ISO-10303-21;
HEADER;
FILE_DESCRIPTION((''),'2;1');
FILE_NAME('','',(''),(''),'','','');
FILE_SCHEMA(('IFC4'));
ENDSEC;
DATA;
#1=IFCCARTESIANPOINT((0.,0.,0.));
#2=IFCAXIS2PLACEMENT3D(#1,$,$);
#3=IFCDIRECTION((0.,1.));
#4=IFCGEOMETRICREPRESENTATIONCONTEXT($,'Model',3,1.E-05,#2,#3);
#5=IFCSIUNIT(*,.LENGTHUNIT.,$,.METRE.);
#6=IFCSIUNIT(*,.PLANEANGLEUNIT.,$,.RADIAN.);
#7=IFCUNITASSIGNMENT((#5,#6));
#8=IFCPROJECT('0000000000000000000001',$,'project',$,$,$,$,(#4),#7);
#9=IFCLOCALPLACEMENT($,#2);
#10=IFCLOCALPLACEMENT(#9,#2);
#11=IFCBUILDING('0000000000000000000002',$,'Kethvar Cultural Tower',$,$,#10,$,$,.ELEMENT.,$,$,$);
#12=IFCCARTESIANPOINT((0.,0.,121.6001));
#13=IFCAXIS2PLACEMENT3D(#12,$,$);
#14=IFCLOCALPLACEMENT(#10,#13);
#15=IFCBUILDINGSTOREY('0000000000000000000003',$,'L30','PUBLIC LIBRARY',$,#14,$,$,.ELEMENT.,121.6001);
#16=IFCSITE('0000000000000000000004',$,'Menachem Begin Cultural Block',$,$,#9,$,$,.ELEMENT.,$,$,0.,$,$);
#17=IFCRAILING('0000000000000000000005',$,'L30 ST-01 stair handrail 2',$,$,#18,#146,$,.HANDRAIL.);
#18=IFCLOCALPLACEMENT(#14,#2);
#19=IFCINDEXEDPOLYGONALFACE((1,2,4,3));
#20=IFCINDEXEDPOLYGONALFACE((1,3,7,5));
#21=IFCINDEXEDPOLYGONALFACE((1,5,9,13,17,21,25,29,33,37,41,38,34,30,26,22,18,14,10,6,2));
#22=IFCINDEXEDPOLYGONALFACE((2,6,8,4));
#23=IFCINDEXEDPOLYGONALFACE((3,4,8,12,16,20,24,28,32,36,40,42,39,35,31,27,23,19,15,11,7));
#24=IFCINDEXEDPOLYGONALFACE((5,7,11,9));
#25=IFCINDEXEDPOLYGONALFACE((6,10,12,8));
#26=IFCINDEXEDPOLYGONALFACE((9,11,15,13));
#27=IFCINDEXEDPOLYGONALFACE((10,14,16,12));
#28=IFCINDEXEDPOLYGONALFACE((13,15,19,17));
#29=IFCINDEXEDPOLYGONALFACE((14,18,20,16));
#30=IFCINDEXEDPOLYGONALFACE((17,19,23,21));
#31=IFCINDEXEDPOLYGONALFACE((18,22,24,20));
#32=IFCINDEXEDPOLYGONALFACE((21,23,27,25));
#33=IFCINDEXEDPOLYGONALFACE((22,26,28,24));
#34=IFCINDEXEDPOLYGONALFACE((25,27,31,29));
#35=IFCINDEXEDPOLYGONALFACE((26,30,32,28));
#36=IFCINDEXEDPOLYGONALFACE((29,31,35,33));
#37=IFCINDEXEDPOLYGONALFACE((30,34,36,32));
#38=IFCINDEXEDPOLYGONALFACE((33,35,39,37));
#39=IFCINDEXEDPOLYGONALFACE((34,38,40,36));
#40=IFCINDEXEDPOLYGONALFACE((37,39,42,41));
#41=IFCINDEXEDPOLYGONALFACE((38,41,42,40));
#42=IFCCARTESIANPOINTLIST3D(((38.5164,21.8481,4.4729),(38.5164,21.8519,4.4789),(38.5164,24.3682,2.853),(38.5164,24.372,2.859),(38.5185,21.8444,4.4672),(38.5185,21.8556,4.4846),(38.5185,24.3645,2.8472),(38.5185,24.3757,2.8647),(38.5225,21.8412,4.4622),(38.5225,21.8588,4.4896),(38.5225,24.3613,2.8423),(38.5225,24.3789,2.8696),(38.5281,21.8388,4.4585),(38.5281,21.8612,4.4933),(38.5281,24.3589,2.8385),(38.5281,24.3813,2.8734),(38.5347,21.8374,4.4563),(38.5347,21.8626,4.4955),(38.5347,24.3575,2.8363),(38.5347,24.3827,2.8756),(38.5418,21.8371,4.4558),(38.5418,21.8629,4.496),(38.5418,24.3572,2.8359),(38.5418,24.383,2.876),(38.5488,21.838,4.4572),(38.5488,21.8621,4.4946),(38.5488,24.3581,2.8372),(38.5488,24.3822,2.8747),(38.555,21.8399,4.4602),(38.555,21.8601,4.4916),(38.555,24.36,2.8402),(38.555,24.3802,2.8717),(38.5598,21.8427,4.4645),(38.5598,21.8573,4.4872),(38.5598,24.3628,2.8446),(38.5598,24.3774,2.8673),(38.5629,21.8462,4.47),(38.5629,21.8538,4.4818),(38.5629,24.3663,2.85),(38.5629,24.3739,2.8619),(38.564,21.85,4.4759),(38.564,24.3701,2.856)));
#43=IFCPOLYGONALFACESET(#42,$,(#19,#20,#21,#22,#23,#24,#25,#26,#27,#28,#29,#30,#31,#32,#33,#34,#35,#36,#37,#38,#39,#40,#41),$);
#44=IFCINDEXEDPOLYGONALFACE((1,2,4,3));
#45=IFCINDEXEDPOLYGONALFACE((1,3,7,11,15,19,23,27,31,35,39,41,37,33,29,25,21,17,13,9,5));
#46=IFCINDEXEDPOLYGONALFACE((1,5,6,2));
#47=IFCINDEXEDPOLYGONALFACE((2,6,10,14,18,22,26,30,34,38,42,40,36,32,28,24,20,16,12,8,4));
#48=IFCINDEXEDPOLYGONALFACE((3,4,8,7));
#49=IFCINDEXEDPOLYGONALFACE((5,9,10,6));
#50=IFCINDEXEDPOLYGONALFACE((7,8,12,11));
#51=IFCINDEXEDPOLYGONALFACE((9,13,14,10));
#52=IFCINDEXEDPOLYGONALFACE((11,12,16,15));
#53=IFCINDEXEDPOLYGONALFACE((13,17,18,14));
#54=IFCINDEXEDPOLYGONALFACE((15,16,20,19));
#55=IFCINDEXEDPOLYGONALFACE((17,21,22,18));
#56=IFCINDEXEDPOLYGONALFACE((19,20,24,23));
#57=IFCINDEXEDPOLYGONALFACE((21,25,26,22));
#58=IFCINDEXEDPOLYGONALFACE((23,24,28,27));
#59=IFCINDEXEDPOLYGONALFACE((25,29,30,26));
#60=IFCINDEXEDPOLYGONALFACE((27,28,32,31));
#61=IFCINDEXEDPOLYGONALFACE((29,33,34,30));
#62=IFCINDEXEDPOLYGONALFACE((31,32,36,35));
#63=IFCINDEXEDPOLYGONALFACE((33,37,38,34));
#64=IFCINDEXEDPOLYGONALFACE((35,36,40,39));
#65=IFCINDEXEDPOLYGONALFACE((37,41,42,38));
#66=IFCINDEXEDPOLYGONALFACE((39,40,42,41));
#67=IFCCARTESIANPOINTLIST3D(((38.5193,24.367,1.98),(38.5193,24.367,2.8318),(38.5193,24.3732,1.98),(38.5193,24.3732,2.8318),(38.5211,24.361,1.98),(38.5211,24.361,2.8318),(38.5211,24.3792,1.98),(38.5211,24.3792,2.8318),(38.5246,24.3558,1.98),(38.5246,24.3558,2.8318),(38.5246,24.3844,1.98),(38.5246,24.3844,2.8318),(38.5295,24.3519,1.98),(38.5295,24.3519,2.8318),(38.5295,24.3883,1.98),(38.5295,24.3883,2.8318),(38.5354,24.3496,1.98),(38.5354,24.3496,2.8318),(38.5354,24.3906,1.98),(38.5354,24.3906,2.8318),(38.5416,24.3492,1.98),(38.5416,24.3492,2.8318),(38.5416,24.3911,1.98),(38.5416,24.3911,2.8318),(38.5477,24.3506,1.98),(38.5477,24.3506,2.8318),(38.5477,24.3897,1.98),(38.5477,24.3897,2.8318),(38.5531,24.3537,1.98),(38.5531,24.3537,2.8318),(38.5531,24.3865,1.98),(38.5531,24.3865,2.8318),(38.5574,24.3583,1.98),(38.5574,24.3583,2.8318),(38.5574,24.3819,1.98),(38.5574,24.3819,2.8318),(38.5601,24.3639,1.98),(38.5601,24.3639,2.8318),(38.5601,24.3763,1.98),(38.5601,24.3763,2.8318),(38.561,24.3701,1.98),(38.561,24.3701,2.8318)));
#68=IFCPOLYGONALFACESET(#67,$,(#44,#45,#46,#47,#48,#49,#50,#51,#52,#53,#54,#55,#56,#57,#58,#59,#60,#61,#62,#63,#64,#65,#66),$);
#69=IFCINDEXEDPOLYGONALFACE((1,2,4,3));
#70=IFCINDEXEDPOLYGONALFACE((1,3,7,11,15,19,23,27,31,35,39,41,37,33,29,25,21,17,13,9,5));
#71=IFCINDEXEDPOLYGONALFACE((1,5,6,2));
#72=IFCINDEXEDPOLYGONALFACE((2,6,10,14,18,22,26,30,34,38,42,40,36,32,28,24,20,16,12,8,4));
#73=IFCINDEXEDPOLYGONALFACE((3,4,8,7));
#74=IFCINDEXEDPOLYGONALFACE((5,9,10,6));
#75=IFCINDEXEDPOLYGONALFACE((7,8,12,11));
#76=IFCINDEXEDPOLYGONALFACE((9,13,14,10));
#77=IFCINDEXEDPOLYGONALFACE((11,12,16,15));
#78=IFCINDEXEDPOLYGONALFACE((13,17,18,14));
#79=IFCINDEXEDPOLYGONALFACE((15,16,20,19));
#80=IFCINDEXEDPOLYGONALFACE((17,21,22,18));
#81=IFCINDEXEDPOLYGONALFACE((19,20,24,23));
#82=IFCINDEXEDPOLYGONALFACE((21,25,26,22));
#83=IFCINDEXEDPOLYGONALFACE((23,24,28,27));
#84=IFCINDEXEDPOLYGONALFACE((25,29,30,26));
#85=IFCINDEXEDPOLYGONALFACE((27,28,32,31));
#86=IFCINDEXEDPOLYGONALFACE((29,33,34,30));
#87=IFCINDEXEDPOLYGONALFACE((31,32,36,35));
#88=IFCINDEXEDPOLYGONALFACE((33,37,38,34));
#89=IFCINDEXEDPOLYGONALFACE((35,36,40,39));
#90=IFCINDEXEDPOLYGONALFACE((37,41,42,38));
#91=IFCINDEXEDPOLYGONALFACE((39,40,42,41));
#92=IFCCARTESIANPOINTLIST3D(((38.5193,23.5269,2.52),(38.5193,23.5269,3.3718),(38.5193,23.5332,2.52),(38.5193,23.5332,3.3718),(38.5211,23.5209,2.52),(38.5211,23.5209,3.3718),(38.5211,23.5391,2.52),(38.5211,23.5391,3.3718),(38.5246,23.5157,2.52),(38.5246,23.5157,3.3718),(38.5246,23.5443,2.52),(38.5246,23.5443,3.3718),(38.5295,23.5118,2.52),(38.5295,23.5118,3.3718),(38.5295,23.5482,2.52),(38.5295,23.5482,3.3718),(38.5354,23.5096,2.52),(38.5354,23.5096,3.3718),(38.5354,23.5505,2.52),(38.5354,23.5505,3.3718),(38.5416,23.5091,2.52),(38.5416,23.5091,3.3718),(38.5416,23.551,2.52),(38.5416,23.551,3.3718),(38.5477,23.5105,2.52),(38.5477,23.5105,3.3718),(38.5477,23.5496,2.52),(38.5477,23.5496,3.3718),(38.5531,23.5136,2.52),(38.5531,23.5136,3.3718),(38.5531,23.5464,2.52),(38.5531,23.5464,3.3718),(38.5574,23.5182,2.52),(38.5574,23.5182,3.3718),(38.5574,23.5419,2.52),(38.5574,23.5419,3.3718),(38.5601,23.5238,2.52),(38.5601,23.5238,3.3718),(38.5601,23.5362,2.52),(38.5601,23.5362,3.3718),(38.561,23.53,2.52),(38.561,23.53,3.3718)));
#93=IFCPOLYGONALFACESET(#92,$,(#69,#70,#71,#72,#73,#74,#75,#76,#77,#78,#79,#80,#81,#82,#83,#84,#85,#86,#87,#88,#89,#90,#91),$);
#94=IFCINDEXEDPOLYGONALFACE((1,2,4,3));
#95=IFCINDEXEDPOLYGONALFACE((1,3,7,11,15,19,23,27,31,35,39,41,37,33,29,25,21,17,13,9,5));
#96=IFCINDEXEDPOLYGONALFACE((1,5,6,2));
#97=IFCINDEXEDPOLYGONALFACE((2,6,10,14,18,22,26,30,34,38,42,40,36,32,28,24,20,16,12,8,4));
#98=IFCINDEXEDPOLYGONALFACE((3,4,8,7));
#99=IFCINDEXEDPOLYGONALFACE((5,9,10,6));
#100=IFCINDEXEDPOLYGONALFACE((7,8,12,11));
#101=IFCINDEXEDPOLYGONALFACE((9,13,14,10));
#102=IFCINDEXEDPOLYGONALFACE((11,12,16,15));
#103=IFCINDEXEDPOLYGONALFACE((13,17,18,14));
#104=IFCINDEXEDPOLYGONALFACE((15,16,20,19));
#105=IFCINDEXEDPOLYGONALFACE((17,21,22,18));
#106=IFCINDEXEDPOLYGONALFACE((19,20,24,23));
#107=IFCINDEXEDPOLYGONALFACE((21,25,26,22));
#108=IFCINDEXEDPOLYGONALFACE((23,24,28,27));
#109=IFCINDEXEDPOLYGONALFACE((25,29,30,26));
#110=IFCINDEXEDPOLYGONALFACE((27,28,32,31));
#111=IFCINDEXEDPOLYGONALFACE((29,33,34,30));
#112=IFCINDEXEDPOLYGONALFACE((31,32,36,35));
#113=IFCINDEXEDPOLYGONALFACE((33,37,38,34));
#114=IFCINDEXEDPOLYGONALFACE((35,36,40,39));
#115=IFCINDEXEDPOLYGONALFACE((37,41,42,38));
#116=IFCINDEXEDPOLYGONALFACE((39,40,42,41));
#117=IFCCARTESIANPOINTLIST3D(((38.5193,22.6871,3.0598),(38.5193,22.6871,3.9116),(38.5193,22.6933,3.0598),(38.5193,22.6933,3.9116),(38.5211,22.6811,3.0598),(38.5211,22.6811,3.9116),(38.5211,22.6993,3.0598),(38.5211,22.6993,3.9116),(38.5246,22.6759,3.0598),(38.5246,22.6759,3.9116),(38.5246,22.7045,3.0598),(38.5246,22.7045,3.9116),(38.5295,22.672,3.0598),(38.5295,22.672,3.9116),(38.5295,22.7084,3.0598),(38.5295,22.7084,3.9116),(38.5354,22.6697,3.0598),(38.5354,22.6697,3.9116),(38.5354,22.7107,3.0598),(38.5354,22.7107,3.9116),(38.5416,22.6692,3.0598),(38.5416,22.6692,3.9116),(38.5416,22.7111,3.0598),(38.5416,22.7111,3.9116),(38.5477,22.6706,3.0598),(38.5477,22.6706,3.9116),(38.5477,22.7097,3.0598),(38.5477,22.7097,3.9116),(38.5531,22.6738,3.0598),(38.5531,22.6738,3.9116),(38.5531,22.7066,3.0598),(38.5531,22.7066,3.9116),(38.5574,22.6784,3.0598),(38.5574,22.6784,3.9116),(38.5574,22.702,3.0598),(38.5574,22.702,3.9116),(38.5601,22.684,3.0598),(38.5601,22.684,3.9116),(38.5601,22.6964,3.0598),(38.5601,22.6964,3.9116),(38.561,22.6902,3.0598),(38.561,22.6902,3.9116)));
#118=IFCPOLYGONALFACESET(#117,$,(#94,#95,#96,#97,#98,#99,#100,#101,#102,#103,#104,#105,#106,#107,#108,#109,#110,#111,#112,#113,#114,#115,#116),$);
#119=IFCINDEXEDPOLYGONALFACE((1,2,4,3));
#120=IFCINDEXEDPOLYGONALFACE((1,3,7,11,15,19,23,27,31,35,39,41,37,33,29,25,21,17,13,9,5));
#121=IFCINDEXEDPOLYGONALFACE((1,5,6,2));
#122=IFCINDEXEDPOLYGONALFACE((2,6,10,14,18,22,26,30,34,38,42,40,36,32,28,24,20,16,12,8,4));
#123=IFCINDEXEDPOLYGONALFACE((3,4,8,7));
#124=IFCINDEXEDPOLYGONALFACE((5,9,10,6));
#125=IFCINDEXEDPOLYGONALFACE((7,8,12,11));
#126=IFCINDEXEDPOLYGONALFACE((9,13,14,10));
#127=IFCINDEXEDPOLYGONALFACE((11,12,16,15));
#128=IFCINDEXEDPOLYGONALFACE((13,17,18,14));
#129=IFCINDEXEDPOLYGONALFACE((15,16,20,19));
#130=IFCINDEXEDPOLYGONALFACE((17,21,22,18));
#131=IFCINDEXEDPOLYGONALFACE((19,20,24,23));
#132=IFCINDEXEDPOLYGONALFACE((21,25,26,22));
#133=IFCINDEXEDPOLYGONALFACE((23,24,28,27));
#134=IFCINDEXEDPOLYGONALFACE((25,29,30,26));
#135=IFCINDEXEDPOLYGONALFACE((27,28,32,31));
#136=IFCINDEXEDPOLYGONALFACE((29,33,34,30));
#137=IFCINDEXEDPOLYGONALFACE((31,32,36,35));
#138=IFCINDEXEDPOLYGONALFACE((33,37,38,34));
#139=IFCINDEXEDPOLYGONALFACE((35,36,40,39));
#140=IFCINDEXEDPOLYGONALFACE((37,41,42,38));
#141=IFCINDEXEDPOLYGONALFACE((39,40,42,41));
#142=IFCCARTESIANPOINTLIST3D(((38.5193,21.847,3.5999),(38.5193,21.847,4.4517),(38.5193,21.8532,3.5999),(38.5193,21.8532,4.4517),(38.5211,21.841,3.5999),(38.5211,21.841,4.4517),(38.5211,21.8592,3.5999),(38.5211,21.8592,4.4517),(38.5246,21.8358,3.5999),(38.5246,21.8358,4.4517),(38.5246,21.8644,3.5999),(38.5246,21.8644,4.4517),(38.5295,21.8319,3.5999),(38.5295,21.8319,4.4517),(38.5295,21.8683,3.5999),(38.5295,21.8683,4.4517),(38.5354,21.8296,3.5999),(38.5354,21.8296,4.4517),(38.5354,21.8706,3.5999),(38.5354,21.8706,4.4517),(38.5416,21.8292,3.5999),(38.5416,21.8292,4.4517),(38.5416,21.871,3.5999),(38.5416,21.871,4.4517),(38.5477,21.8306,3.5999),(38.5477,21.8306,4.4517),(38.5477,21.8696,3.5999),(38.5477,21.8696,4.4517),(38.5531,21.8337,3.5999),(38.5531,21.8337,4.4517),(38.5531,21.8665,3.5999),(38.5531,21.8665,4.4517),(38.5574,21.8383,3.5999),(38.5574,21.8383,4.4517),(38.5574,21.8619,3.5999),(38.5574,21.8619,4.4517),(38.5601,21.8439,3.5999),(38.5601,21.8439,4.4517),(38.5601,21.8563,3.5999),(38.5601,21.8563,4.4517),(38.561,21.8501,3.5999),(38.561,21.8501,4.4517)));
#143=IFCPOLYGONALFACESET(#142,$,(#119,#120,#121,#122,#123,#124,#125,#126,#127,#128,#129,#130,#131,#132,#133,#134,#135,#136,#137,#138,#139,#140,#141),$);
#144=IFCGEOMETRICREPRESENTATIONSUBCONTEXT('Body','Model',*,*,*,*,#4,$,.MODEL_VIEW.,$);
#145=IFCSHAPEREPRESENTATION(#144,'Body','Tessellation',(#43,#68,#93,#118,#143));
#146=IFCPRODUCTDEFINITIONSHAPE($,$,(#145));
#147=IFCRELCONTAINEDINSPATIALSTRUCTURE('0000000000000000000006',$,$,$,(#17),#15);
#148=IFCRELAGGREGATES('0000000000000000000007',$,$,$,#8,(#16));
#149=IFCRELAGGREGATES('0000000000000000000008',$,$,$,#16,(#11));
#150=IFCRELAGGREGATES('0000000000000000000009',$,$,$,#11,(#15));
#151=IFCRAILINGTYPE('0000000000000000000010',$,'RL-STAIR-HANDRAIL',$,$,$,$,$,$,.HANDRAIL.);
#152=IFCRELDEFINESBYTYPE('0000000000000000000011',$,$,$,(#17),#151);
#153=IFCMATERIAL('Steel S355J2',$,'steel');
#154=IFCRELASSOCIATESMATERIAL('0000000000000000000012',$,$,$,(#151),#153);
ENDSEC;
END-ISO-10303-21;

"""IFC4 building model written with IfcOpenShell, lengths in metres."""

from ifc_helpers import new_model, si_unit, direction, frame, origin, origin_2d, place, context, subcontext, project, spatial, circle, extrude, material, type_object, element, save


model = new_model("IFC4")

# Units and contexts
model_context = context("Model", 3, precision=1e-05, world=origin(), true_north=direction((0.0, 1.0)))
body_context = subcontext(model_context, "Body", "Model", "MODEL_VIEW")
ifc_project = project(units=[si_unit("LENGTHUNIT", "METRE"), si_unit("PLANEANGLEUNIT", "RADIAN")], contexts=[model_context])

# Site, building, storey
site_placement = place(None, origin())
site = spatial("IfcSite", under=ifc_project, at=site_placement, Name="Menachem Begin Cultural Block", CompositionType="ELEMENT", RefElevation=0.0)
building_placement = place(site_placement, origin())
building = spatial("IfcBuilding", under=site, at=building_placement, Name="Kethvar Cultural Tower", CompositionType="ELEMENT")
storey_placement = place(building_placement, frame((0.0, 0.0, 121.6001)))
storey = spatial("IfcBuildingStorey", under=building, at=storey_placement, Name="L30", Description="PUBLIC LIBRARY", CompositionType="ELEMENT", Elevation=121.6001)

# Shared definitions
ifc_material_1 = material(Name="Steel S355J2", Category="steel")

# Railing
railing_type_1 = type_object("IfcRailingType", Name="RL-STAIR-HANDRAIL", PredefinedType="HANDRAIL", material=ifc_material_1)
railing_1_placement = place(storey_placement, frame((38.54, 24.3701, 1.98)))
element("IfcRailing", 1, at=railing_1_placement, inside=storey, type_object=railing_type_1, Name="L30 ST-01 stair handrail 2", PredefinedType="HANDRAIL", context=body_context, shape_type="SweptSolid", body=[
    extrude(circle(Radius=0.0239, at=origin_2d()), frame((0.0, 0.0, 0.876), z_axis=(0.0, -0.8412, 0.540725), x_axis=(1.0, 0.0, 0.0)), (0.0, 0.0, 1.0), 2.9958),
    extrude(circle(Radius=0.021, at=origin_2d()), origin(), (0.0, 0.0, 1.0), 0.8518),
    extrude(circle(Radius=0.021, at=origin_2d()), frame((0.0, -0.8401, 0.54)), (0.0, 0.0, 1.0), 0.8518),
    extrude(circle(Radius=0.021, at=origin_2d()), frame((0.0, -1.6799, 1.0798)), (0.0, 0.0, 1.0), 0.8518),
    extrude(circle(Radius=0.021, at=origin_2d()), frame((0.0, -2.52, 1.6199)), (0.0, 0.0, 1.0), 0.8518),
])

save(model, "model.ifc")
